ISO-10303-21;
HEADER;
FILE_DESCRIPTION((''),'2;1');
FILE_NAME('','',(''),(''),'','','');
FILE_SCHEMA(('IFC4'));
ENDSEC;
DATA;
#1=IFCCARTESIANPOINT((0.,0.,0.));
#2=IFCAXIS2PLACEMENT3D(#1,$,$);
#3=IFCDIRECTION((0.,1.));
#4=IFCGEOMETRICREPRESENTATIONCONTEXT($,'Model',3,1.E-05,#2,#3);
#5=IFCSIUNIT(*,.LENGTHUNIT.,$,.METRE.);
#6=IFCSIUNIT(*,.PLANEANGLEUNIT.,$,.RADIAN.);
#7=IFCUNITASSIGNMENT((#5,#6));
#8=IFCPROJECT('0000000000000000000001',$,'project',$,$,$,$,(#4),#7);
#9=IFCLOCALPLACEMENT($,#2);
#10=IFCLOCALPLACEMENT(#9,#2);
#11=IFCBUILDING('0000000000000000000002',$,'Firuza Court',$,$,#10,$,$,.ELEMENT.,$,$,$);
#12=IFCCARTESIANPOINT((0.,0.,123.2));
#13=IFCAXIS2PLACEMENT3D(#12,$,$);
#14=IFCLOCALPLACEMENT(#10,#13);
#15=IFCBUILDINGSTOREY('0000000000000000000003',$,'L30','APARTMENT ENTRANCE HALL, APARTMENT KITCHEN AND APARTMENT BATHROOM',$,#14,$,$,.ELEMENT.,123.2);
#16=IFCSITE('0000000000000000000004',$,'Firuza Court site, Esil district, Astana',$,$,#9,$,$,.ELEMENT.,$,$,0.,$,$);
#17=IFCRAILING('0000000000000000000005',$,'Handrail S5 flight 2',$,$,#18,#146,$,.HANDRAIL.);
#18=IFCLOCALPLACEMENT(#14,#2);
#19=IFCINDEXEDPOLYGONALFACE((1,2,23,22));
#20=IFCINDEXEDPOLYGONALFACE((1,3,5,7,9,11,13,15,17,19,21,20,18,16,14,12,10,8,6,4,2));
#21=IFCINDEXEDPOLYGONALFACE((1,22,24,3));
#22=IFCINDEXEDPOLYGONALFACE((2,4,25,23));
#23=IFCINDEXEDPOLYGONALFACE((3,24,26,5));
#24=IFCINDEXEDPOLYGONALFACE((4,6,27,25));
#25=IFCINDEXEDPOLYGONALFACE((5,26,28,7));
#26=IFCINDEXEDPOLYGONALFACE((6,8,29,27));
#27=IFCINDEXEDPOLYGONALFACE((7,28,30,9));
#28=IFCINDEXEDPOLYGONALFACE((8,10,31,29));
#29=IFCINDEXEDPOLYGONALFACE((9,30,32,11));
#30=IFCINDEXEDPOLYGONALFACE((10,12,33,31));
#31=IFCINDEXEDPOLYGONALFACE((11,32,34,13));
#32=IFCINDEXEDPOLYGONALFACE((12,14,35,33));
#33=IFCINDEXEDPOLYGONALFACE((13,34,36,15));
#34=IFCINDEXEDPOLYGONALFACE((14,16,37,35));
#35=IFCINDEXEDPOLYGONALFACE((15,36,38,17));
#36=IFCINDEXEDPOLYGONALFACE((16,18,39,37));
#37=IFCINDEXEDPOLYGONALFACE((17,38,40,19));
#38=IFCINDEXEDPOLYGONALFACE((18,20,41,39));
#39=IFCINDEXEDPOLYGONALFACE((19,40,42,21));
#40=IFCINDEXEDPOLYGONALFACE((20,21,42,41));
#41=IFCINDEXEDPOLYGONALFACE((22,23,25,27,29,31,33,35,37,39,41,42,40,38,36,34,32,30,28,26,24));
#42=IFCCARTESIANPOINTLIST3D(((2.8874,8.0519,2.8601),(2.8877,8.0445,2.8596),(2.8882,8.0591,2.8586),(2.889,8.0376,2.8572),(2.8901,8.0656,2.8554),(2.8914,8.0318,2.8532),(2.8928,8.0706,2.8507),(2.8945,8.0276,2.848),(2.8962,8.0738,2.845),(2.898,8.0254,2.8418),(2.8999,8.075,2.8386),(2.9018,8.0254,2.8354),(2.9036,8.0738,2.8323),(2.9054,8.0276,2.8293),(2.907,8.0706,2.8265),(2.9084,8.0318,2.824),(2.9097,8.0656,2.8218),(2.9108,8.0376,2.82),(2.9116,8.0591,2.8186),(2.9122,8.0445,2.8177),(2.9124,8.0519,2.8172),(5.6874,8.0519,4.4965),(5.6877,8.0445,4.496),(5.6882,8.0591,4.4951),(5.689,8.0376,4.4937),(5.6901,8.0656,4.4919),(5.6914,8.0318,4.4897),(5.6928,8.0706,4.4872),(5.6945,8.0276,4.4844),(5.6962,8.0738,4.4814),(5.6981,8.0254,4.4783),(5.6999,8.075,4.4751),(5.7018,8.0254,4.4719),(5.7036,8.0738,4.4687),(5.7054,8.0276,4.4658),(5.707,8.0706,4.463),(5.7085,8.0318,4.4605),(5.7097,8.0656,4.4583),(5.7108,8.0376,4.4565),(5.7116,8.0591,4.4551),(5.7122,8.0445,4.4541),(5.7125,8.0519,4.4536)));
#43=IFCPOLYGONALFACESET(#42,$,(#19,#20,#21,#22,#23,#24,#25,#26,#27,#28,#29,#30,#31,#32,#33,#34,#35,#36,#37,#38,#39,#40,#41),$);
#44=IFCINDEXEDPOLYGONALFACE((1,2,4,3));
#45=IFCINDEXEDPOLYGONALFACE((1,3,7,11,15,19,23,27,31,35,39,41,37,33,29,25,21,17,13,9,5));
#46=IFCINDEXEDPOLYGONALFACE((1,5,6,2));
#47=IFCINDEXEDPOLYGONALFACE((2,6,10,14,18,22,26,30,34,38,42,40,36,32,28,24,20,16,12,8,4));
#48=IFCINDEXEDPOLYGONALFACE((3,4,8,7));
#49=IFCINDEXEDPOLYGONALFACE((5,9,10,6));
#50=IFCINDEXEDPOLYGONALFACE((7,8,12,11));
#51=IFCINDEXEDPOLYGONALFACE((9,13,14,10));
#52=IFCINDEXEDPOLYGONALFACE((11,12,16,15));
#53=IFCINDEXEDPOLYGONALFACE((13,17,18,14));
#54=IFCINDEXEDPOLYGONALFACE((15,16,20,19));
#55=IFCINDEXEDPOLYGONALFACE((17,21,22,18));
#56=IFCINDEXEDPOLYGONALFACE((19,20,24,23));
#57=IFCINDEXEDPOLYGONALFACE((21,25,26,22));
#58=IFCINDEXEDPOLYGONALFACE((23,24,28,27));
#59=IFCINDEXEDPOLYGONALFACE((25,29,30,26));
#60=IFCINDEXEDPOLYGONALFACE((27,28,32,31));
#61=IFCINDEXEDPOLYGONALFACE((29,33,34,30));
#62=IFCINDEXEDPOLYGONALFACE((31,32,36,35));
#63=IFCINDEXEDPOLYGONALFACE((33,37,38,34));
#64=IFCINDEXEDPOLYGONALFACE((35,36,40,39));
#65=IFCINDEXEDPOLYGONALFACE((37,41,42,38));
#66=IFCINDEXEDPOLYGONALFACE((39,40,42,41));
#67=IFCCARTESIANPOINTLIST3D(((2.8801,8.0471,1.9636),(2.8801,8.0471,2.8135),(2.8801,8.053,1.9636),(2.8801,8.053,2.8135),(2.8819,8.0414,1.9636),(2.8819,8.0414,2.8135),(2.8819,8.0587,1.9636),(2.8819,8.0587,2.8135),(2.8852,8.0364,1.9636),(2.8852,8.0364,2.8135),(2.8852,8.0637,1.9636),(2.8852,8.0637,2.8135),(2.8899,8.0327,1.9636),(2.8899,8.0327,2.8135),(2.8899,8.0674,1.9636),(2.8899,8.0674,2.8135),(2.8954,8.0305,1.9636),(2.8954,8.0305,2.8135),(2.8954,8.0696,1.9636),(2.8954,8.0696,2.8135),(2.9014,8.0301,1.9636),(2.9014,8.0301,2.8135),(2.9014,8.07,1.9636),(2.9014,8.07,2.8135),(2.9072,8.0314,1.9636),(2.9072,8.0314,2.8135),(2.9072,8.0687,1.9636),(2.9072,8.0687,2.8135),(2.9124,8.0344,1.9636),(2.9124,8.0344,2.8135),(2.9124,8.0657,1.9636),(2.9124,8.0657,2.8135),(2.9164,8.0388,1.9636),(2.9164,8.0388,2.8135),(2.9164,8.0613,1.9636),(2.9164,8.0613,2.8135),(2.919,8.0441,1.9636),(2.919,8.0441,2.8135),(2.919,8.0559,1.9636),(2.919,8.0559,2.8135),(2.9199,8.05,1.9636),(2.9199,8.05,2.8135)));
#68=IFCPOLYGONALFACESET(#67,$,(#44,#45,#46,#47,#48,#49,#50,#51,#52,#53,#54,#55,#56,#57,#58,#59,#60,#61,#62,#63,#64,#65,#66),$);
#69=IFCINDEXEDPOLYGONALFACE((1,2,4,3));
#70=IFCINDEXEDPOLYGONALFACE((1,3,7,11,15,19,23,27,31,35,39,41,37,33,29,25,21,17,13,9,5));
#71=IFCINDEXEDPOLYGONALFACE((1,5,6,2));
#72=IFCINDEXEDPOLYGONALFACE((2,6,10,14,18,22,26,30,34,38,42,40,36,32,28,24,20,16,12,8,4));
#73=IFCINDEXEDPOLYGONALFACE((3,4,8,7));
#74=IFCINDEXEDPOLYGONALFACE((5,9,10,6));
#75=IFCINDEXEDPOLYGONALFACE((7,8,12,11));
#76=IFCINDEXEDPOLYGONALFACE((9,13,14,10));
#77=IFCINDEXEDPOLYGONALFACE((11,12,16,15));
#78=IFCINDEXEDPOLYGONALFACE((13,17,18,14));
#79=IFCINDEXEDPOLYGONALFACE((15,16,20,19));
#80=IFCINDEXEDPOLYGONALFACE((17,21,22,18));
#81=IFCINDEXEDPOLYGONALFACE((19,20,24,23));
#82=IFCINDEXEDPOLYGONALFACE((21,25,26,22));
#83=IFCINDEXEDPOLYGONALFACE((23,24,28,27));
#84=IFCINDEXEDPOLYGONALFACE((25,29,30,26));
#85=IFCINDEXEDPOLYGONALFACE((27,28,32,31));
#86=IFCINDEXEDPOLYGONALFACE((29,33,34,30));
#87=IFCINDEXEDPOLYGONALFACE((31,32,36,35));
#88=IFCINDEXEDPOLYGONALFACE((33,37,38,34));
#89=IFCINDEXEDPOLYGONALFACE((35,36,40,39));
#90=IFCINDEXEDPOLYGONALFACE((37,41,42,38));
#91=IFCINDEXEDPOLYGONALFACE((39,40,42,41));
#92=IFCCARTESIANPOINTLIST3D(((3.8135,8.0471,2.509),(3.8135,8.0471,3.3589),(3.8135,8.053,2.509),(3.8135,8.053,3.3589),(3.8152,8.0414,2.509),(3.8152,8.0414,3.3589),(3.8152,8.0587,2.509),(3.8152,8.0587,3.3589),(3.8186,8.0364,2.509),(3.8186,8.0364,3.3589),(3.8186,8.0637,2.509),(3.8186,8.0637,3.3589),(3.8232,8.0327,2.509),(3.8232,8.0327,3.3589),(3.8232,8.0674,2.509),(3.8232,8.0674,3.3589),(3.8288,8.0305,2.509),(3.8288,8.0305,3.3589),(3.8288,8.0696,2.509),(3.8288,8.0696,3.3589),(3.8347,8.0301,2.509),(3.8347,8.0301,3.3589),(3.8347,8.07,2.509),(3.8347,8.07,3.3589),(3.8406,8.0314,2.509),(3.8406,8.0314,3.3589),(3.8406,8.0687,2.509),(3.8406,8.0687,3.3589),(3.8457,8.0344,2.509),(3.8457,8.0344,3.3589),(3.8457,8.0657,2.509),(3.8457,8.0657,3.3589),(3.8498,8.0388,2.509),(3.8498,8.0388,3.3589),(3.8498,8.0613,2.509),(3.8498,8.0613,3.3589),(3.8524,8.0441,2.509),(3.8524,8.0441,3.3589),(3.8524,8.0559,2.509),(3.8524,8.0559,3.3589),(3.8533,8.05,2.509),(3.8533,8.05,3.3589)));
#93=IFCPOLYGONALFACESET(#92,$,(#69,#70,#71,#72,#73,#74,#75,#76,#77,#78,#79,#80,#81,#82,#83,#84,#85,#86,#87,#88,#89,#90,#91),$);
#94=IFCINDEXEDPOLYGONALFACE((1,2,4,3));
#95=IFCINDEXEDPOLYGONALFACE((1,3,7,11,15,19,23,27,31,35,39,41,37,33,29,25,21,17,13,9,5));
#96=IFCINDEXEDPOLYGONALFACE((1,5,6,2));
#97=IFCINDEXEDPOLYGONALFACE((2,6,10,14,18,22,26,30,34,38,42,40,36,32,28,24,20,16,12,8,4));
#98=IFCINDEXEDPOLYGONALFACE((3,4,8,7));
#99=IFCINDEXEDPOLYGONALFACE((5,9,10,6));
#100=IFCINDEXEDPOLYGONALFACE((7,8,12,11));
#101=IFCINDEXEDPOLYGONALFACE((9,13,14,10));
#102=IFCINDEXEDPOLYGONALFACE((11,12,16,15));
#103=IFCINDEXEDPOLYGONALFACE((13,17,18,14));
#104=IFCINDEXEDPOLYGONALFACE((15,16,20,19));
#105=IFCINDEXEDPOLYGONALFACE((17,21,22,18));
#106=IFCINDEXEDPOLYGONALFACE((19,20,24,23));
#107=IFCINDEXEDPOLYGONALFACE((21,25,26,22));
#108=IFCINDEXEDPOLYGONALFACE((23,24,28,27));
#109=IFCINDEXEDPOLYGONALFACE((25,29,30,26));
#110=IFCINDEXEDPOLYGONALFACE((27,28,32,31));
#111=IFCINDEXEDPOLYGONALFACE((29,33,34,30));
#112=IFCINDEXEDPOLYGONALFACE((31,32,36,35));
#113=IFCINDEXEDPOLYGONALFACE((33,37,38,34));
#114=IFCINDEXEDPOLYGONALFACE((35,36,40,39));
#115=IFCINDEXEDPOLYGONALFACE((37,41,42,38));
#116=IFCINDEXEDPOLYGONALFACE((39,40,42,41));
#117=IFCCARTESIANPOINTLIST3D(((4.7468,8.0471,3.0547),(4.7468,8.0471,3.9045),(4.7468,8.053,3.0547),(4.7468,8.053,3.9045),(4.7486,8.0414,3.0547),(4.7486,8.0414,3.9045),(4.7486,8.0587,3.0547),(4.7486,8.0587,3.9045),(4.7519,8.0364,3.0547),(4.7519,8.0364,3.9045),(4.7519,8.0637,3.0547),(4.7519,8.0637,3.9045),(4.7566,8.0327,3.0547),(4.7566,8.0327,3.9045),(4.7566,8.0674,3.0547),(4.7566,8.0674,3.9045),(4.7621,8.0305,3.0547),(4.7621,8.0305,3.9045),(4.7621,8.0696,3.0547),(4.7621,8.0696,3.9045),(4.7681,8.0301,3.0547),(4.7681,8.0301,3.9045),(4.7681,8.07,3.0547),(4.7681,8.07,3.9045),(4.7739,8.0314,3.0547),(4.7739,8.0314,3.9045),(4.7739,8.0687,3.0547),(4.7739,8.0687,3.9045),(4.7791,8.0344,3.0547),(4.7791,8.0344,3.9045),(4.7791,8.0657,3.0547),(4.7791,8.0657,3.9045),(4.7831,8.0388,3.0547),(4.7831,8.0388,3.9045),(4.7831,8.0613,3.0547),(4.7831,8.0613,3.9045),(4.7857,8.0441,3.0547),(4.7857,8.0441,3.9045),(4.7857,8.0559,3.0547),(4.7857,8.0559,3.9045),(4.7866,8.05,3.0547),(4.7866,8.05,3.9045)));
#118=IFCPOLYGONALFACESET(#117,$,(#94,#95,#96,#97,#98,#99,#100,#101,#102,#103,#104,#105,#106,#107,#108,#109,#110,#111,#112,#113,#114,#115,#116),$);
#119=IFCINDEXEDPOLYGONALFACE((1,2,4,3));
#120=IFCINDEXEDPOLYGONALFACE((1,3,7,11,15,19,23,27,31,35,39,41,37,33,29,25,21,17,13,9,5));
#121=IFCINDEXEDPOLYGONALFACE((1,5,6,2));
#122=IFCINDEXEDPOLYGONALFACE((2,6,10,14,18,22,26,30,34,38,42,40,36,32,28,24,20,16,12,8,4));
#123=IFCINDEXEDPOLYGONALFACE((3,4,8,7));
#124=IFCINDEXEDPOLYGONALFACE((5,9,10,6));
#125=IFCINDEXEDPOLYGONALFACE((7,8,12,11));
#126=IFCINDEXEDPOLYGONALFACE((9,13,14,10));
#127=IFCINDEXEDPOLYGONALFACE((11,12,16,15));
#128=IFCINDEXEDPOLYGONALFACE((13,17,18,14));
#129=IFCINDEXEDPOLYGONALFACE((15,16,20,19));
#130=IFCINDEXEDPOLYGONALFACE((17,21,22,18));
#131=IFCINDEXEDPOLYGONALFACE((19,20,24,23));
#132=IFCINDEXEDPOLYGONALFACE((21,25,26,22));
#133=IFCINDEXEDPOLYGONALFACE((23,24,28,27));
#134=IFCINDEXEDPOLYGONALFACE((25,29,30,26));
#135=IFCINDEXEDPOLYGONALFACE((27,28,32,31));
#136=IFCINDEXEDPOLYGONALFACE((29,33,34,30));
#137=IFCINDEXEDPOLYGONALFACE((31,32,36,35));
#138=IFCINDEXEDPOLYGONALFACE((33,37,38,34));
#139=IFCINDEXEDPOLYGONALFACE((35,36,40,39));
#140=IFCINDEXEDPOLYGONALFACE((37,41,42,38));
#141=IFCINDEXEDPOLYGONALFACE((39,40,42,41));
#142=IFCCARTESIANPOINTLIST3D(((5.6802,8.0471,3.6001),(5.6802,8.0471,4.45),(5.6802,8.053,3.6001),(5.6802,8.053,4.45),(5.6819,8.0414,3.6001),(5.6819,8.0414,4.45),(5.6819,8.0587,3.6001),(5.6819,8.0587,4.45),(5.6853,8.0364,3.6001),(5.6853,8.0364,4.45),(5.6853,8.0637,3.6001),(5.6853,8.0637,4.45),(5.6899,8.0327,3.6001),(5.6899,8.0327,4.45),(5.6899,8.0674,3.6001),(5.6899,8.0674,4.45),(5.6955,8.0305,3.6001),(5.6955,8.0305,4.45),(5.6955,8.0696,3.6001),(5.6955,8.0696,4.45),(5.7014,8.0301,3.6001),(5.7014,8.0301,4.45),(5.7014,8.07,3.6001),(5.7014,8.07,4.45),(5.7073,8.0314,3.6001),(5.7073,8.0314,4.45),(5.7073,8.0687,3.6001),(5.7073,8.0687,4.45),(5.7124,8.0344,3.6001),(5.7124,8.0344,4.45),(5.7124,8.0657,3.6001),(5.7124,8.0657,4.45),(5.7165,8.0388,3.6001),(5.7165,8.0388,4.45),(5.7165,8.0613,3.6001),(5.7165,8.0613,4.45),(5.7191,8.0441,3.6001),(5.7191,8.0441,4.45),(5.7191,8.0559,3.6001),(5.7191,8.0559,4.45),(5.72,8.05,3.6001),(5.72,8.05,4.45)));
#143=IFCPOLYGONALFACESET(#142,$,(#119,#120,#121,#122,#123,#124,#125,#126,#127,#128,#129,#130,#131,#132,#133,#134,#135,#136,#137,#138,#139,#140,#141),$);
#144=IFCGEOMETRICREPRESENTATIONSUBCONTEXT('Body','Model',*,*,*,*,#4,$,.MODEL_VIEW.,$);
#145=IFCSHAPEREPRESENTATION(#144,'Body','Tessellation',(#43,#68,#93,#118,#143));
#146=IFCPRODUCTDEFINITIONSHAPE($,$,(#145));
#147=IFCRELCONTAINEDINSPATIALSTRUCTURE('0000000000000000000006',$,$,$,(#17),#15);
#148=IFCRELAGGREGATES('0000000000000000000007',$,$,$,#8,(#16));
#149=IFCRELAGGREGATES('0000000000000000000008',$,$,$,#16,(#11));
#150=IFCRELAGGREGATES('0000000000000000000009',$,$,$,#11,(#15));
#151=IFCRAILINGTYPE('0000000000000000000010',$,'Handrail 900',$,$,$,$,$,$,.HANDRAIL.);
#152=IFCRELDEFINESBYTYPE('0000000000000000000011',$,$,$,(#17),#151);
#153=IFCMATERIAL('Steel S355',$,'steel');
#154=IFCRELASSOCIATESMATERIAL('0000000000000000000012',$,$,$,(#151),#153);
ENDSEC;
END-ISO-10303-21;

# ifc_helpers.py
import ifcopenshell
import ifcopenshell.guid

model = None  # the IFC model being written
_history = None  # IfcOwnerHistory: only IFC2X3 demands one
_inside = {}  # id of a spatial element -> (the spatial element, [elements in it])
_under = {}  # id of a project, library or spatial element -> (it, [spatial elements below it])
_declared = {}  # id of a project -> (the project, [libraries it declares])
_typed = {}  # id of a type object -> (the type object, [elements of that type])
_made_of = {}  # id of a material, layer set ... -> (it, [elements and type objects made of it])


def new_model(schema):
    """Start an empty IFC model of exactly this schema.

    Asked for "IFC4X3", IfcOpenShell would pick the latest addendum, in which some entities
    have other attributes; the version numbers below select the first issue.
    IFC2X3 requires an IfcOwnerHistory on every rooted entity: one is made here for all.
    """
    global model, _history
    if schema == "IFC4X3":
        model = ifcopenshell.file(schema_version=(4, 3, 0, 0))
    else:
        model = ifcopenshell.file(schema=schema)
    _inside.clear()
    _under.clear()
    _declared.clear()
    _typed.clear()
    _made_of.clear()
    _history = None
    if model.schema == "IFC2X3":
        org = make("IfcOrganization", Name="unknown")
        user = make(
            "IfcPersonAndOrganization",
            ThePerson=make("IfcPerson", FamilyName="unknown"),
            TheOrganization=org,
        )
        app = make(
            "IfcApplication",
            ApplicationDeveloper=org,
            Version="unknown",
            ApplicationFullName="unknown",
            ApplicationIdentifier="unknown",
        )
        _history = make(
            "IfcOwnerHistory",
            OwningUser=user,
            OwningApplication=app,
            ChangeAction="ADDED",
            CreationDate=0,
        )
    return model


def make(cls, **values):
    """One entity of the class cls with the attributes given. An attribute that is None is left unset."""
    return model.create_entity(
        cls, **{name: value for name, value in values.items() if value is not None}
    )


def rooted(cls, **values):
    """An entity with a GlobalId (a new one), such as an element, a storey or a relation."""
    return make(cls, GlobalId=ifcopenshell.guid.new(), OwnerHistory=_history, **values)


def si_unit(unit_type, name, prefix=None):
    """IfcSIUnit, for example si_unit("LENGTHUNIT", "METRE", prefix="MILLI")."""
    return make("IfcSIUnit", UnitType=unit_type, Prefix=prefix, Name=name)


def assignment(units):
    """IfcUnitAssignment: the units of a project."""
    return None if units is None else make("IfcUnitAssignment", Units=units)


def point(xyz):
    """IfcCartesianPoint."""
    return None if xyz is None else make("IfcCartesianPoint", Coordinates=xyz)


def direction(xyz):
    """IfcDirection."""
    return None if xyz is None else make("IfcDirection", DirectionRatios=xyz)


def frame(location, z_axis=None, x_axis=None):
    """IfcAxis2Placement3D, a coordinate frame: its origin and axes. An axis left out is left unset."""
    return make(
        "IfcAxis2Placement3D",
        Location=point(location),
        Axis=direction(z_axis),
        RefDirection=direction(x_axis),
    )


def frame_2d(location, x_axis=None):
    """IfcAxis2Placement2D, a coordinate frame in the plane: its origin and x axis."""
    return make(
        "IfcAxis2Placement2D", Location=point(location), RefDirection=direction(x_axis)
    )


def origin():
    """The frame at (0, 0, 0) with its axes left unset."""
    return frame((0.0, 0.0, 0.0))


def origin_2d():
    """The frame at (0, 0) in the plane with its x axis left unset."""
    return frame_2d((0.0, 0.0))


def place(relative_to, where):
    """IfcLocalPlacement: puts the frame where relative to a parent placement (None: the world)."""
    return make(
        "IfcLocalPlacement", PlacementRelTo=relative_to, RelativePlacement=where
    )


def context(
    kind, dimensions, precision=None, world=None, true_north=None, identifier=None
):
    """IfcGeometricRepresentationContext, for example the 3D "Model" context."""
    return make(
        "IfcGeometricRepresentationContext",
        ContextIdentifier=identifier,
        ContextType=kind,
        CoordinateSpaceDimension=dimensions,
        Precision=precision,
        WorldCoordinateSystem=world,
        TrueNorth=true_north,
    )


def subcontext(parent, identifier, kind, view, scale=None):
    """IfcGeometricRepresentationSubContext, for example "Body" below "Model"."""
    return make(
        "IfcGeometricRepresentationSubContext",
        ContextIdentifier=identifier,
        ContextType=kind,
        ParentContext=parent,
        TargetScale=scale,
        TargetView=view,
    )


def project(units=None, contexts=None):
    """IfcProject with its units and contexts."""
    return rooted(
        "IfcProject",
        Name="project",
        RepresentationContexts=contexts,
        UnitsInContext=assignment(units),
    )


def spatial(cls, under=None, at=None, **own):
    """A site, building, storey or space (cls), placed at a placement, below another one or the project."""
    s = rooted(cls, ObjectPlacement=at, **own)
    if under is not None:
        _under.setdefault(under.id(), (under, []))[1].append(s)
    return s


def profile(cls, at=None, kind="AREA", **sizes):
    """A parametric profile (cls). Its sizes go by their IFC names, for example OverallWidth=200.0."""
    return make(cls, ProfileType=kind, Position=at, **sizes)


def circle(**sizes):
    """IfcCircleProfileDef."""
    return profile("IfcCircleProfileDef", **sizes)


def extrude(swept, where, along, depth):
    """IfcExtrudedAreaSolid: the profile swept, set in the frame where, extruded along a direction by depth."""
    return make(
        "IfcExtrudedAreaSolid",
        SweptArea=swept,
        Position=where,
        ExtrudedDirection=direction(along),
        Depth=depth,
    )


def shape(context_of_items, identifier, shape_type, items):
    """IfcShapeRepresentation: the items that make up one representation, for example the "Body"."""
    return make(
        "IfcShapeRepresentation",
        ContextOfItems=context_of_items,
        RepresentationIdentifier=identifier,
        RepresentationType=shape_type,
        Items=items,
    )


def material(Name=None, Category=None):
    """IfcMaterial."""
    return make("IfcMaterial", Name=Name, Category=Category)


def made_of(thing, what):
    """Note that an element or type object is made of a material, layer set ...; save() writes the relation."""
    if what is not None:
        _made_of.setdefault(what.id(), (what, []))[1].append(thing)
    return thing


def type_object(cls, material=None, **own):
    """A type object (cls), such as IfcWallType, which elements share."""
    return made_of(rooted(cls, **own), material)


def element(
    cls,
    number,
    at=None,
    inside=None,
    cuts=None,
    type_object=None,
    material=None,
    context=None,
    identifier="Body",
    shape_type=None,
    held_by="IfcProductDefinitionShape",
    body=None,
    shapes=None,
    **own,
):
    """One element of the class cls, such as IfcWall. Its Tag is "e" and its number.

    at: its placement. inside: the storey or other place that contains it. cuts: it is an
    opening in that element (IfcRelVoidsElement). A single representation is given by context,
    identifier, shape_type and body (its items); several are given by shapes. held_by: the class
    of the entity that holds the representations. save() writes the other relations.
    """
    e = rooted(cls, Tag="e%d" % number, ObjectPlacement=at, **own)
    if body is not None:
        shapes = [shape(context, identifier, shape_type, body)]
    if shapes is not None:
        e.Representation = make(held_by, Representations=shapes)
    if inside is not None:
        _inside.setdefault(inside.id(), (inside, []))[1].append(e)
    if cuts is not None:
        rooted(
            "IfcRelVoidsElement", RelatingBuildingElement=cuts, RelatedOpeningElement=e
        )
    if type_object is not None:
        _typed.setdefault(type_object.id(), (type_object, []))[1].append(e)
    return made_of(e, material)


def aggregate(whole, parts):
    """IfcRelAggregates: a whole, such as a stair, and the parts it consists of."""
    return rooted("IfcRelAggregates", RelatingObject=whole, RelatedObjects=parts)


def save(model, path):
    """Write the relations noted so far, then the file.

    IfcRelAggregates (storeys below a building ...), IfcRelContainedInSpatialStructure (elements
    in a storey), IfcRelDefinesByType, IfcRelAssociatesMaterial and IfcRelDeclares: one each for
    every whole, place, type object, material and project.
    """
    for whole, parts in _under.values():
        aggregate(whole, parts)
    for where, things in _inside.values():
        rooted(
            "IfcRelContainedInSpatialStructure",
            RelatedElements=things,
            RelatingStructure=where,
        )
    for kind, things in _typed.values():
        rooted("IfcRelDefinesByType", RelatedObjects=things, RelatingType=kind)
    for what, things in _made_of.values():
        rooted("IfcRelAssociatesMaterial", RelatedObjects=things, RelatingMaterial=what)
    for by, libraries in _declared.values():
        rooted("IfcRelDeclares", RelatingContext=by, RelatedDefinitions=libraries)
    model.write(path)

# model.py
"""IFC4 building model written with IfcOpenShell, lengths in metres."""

from ifc_helpers import new_model, si_unit, direction, frame, origin, origin_2d, place, context, subcontext, project, spatial, circle, extrude, material, type_object, element, save


model = new_model("IFC4")

# Units and contexts
model_context = context("Model", 3, precision=1e-05, world=origin(), true_north=direction((0.0, 1.0)))
body_context = subcontext(model_context, "Body", "Model", "MODEL_VIEW")
ifc_project = project(units=[si_unit("LENGTHUNIT", "METRE"), si_unit("PLANEANGLEUNIT", "RADIAN")], contexts=[model_context])

# Site, building, storey
site_placement = place(None, origin())
site = spatial("IfcSite", under=ifc_project, at=site_placement, Name="Firuza Court site, Esil district, Astana", CompositionType="ELEMENT", RefElevation=0.0)
building_placement = place(site_placement, origin())
building = spatial("IfcBuilding", under=site, at=building_placement, Name="Firuza Court", CompositionType="ELEMENT")
storey_placement = place(building_placement, frame((0.0, 0.0, 123.2)))
storey = spatial("IfcBuildingStorey", under=building, at=storey_placement, Name="L30", Description="APARTMENT ENTRANCE HALL, APARTMENT KITCHEN AND APARTMENT BATHROOM", CompositionType="ELEMENT", Elevation=123.2)

# Railing
ifc_material_1 = material(Name="Steel S355", Category="steel")
railing_type_1 = type_object("IfcRailingType", Name="Handrail 900", PredefinedType="HANDRAIL", material=ifc_material_1)
railing_1_placement = place(storey_placement, frame((2.8999, 8.05, 1.9636)))
element("IfcRailing", 1, at=railing_1_placement, inside=storey, type_object=railing_type_1, Name="Handrail S5 flight 2", PredefinedType="HANDRAIL", context=body_context, shape_type="SweptSolid", body=[
    extrude(circle(Radius=0.0249, at=origin_2d()), frame((0.0, 0.0, 0.875), z_axis=(0.863361, 0.0, 0.504587), x_axis=(0.0, 1.0, 0.0)), (0.0, 0.0, 1.0), 3.2432),
    extrude(circle(Radius=0.02, at=origin_2d()), origin(), (0.0, 0.0, 1.0), 0.8499),
    extrude(circle(Radius=0.02, at=origin_2d()), frame((0.9333, 0.0, 0.5454)), (0.0, 0.0, 1.0), 0.8499),
    extrude(circle(Radius=0.02, at=origin_2d()), frame((1.8667, 0.0, 1.0911)), (0.0, 0.0, 1.0), 0.8499),
    extrude(circle(Radius=0.02, at=origin_2d()), frame((2.8, 0.0, 1.6365)), (0.0, 0.0, 1.0), 0.8499),
])

save(model, "model.ifc")
